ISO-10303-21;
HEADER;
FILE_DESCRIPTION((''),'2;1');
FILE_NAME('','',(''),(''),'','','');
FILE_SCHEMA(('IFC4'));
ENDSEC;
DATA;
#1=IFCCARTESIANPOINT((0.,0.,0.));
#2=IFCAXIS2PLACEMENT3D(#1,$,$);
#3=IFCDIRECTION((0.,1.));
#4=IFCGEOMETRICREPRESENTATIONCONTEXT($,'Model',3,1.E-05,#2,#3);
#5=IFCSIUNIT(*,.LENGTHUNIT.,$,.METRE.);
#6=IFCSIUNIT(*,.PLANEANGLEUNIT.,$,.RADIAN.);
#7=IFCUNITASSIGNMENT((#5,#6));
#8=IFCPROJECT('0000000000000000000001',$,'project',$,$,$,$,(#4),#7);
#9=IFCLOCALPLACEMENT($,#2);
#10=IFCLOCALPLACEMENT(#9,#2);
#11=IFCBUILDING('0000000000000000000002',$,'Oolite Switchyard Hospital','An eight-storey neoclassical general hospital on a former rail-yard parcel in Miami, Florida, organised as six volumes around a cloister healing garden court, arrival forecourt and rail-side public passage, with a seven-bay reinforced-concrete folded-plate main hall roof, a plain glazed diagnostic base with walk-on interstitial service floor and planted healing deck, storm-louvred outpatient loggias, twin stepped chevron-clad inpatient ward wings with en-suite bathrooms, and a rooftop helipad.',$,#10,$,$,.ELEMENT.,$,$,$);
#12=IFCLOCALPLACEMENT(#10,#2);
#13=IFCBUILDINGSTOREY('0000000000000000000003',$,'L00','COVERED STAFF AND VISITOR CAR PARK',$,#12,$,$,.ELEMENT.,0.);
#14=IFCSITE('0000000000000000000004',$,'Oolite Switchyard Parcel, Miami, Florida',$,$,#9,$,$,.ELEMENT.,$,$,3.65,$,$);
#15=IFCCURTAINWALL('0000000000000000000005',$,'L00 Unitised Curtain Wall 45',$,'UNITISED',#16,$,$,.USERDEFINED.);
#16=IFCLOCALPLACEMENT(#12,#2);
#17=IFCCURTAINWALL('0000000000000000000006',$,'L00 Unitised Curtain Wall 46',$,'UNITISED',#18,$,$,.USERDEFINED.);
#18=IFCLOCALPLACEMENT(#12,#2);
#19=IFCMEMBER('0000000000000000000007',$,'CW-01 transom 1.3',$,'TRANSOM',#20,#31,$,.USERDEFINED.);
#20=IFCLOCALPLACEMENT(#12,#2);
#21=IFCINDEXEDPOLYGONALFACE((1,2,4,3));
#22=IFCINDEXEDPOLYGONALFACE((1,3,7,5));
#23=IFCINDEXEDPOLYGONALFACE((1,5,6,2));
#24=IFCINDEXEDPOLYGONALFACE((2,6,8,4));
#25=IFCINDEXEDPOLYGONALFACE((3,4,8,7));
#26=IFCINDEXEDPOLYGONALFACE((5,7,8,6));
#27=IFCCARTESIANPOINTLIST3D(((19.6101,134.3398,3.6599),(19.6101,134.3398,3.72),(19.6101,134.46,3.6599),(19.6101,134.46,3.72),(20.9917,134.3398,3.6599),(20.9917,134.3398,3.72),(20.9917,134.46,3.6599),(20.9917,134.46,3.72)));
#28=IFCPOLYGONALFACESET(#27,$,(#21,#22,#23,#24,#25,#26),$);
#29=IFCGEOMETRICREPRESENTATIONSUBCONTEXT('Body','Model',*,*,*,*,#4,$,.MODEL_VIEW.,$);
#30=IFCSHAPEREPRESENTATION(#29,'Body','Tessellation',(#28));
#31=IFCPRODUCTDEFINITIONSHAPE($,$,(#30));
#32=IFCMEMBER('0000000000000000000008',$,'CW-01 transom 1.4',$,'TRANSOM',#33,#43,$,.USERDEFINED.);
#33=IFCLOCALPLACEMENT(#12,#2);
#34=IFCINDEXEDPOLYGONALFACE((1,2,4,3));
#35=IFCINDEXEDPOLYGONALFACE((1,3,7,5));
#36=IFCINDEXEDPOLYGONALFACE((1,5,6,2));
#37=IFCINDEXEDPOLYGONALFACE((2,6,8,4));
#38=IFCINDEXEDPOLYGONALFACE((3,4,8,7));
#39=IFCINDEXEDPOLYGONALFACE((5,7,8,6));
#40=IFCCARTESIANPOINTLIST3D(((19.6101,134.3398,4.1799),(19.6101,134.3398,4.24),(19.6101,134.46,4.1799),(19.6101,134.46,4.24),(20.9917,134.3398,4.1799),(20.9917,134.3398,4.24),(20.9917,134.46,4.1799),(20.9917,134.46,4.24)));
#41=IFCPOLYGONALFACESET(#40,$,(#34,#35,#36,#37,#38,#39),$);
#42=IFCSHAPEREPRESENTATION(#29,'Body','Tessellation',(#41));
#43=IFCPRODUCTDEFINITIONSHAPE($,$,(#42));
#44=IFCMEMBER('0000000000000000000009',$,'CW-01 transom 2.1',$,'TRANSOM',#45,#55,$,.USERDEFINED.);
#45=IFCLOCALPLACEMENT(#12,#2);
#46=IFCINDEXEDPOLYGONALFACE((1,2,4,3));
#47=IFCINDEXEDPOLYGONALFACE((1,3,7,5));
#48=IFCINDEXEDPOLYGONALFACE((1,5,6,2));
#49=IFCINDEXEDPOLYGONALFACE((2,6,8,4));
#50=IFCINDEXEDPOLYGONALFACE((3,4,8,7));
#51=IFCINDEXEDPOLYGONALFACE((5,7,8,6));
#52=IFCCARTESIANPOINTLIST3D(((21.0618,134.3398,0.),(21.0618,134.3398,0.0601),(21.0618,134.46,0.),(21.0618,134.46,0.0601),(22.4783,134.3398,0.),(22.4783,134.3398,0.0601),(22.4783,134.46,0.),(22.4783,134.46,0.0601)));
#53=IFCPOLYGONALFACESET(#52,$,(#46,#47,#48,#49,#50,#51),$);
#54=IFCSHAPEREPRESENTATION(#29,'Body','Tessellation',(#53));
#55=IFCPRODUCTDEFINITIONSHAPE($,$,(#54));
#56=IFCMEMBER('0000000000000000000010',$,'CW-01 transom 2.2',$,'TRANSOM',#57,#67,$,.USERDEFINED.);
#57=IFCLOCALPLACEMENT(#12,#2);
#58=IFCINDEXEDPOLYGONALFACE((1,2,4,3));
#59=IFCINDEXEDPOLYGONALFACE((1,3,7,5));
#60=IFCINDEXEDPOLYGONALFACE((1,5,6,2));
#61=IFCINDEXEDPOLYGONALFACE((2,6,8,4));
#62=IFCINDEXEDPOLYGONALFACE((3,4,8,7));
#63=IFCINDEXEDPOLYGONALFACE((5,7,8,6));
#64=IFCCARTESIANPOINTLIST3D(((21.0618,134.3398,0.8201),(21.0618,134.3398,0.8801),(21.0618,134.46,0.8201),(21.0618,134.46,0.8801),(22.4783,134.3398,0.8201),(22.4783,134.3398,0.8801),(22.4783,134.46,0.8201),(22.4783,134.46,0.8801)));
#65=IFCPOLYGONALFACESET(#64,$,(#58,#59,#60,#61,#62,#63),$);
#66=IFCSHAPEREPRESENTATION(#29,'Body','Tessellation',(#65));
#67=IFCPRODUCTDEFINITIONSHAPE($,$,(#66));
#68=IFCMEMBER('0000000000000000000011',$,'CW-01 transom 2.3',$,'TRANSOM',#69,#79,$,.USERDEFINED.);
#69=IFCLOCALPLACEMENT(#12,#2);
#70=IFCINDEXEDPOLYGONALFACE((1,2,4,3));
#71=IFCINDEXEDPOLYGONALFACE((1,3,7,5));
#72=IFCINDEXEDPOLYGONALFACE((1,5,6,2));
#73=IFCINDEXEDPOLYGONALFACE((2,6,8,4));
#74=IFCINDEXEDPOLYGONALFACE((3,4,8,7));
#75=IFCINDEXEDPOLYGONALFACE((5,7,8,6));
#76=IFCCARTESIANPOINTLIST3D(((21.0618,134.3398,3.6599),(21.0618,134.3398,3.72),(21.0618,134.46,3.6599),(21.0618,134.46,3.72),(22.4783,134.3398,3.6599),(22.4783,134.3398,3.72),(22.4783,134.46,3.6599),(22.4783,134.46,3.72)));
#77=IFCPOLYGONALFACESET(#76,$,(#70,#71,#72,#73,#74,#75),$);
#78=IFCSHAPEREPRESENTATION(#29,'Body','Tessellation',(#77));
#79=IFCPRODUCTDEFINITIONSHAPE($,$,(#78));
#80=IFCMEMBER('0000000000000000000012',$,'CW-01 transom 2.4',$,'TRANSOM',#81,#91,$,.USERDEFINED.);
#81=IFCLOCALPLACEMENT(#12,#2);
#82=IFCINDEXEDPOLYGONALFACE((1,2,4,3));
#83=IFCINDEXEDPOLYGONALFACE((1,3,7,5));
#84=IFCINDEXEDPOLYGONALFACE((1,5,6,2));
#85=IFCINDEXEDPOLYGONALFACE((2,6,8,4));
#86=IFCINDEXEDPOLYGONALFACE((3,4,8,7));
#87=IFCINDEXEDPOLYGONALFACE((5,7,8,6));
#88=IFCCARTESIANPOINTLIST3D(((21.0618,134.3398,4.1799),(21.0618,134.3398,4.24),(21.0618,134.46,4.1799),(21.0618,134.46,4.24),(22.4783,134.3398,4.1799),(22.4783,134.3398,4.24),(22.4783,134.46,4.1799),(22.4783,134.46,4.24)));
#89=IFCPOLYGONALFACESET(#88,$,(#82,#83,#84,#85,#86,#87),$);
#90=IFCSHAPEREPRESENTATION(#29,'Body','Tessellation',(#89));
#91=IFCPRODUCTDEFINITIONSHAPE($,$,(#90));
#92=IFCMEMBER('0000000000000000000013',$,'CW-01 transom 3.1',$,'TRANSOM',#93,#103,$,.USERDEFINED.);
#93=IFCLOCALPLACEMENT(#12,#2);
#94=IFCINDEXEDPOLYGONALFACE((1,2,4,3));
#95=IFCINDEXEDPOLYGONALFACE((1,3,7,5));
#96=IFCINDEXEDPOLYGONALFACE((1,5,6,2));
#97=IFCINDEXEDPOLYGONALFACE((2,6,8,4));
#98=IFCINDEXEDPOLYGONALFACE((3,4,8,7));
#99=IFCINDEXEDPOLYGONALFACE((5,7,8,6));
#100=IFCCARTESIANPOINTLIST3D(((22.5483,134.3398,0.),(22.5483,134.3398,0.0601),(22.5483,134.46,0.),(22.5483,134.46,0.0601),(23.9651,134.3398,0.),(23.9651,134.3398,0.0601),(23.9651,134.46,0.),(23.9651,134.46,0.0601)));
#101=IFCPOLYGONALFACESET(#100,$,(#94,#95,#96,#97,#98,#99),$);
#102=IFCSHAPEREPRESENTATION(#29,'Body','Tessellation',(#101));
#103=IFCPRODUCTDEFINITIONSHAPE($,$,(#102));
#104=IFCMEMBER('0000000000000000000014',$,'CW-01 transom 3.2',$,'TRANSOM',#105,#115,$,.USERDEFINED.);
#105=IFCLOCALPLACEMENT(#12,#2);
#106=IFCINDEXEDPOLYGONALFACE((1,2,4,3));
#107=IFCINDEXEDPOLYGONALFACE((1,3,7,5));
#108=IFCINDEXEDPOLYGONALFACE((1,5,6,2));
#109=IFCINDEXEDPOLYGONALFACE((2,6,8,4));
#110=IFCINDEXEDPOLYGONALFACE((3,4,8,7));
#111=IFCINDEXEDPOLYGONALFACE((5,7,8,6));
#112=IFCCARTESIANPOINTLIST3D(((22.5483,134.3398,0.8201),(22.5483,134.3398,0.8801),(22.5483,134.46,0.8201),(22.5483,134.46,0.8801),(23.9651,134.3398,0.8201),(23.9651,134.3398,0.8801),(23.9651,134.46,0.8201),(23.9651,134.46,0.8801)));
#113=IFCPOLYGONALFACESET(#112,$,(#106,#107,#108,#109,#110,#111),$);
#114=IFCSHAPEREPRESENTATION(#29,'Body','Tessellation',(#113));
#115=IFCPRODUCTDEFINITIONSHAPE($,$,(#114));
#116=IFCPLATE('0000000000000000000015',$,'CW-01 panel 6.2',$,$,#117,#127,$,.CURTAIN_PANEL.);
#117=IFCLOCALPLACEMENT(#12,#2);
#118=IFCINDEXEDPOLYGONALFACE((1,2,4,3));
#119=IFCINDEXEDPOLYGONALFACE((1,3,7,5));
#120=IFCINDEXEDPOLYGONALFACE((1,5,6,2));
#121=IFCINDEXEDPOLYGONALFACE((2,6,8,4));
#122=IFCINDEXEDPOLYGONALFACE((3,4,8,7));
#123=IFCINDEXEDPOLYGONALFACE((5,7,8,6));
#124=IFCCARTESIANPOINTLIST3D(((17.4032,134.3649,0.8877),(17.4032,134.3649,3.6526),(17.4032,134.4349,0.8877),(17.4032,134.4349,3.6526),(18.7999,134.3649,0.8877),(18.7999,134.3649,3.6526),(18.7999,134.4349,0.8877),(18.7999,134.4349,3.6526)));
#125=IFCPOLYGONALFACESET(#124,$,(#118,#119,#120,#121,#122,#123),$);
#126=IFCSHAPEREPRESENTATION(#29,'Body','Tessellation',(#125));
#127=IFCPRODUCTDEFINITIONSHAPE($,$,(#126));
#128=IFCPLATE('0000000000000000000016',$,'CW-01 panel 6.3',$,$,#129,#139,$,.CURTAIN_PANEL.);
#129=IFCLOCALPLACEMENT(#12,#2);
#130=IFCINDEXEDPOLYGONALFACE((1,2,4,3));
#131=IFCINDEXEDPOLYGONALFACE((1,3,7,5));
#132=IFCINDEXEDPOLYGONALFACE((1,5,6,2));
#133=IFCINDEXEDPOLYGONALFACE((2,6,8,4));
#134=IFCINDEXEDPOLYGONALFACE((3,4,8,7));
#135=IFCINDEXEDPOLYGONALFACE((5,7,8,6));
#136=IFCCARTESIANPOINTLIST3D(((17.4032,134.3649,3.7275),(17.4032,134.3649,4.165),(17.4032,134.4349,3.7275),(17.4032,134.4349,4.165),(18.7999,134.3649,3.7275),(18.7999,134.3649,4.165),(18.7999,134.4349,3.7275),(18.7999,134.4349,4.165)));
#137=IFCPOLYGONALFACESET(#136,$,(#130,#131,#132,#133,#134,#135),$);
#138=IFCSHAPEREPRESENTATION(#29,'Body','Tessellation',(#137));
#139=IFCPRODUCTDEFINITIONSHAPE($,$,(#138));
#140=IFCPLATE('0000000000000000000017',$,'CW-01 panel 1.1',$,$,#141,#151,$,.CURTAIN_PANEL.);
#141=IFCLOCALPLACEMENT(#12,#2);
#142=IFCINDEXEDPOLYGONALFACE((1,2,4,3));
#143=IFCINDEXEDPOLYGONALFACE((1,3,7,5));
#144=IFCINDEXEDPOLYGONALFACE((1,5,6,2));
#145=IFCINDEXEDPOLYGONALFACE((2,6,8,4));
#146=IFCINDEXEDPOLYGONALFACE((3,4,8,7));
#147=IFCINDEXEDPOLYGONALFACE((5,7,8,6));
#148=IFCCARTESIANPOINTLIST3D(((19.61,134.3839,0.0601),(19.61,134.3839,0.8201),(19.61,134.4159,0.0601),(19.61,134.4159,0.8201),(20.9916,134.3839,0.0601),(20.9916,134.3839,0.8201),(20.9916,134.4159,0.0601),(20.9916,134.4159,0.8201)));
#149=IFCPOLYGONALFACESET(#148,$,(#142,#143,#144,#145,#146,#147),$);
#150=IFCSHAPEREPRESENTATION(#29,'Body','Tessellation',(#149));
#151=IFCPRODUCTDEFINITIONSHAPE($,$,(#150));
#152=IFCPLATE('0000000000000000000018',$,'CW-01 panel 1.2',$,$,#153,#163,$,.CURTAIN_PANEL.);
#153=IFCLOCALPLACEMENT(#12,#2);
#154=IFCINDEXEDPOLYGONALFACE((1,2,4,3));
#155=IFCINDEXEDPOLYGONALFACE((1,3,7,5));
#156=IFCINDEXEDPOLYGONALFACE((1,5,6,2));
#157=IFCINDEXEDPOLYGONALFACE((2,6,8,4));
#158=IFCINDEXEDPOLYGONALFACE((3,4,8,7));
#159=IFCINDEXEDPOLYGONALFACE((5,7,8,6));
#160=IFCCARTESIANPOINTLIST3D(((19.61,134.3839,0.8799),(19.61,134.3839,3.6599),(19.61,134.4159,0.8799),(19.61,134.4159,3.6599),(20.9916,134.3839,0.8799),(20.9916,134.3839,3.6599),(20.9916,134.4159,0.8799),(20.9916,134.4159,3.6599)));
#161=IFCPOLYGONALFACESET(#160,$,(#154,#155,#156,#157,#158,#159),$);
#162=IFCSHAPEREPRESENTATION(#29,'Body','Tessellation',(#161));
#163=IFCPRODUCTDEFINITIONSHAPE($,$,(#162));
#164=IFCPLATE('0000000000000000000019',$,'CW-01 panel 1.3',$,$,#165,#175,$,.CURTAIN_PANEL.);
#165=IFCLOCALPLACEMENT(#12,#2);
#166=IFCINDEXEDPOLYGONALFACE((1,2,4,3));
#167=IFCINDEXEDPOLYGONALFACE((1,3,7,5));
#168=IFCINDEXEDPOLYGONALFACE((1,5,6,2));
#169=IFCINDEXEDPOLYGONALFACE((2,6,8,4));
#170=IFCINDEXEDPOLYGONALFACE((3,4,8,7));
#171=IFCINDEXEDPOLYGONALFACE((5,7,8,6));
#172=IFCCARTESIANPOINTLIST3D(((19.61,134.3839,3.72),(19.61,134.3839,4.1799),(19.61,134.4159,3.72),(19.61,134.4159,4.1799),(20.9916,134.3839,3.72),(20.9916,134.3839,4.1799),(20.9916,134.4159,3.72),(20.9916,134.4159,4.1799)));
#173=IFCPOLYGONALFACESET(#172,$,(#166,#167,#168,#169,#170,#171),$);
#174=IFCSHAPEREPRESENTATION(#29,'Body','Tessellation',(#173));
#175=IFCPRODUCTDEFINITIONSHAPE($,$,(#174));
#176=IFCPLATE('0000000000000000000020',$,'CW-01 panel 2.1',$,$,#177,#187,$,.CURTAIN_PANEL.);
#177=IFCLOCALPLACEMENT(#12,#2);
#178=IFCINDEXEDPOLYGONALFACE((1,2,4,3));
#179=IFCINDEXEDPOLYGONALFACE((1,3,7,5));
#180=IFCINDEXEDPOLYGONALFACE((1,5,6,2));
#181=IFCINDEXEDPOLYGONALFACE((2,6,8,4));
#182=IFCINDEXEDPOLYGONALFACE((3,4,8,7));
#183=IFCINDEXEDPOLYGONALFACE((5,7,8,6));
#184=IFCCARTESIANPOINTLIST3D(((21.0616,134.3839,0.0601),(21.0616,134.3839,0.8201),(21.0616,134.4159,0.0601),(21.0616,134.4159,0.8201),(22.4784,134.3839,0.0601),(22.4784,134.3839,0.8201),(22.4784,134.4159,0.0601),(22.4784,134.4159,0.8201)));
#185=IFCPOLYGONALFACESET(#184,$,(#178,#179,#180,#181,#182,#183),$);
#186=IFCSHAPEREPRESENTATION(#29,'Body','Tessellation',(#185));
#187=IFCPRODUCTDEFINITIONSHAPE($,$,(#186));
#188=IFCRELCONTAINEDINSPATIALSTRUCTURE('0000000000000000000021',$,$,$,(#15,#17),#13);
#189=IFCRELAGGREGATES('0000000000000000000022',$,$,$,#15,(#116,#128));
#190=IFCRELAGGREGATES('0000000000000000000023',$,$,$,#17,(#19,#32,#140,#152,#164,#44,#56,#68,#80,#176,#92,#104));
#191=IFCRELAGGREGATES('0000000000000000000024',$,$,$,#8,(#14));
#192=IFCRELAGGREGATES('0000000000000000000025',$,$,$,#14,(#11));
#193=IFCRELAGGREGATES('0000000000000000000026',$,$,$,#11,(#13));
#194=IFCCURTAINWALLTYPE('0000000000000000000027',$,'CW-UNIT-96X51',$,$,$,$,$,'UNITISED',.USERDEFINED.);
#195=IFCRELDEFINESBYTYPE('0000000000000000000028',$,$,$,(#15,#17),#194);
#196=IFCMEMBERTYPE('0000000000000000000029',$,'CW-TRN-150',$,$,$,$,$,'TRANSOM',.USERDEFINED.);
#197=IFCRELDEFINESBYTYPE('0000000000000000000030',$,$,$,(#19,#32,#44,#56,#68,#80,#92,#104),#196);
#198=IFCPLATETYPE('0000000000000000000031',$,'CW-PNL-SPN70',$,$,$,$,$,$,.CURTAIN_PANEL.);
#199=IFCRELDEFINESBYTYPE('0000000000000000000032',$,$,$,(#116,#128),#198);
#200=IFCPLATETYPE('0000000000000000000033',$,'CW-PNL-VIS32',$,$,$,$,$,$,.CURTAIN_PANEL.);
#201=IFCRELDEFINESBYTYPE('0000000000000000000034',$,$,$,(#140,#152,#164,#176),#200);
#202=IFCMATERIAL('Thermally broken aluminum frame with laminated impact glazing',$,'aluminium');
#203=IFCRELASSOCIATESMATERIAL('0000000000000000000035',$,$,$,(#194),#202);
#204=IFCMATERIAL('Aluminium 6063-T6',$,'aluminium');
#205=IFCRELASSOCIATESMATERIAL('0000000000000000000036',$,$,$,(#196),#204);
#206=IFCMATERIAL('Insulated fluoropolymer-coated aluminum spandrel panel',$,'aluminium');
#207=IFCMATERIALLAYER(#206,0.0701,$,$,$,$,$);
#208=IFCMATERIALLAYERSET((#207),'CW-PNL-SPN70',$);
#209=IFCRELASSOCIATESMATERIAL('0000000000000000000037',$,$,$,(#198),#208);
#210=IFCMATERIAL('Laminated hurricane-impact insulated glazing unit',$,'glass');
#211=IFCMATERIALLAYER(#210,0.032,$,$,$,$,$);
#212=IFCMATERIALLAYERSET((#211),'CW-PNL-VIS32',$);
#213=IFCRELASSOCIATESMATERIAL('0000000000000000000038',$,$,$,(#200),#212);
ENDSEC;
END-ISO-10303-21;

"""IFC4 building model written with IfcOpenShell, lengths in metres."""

from ifc_helpers import new_model, si_unit, direction, frame, origin, origin_2d, place, context, subcontext, project, spatial, rectangle, extrude, material, layer, layer_set, material_profile, profile_set, type_object, element, aggregate, save


model = new_model("IFC4")

# Units and contexts
model_context = context("Model", 3, precision=1e-05, world=origin(), true_north=direction((0.0, 1.0)))
body_context = subcontext(model_context, "Body", "Model", "MODEL_VIEW")
ifc_project = project(units=[si_unit("LENGTHUNIT", "METRE"), si_unit("PLANEANGLEUNIT", "RADIAN")], contexts=[model_context])

# Site, building, storey
site_placement = place(None, origin())
site = spatial("IfcSite", under=ifc_project, at=site_placement, Name="Oolite Switchyard Parcel, Miami, Florida", CompositionType="ELEMENT", RefElevation=3.65)
building_placement = place(site_placement, origin())
building = spatial("IfcBuilding", under=site, at=building_placement, Name="Oolite Switchyard Hospital", Description="An eight-storey neoclassical general hospital on a former rail-yard parcel in Miami, Florida, organised as six volumes around a cloister healing garden court, arrival forecourt and rail-side public passage, with a seven-bay reinforced-concrete folded-plate main hall roof, a plain glazed diagnostic base with walk-on interstitial service floor and planted healing deck, storm-louvred outpatient loggias, twin stepped chevron-clad inpatient ward wings with en-suite bathrooms, and a rooftop helipad.", CompositionType="ELEMENT")
storey_placement = place(building_placement, origin())
storey = spatial("IfcBuildingStorey", under=building, at=storey_placement, Name="L00", Description="COVERED STAFF AND VISITOR CAR PARK", CompositionType="ELEMENT", Elevation=0.0)

# Curtain wall
ifc_material_1 = material(Name="Thermally broken aluminum frame with laminated impact glazing", Category="aluminium")
curtain_wall_type = type_object("IfcCurtainWallType", Name="CW-UNIT-96X51", ElementType="UNITISED", PredefinedType="USERDEFINED", material=ifc_material_1)
curtain_wall_1_placement = place(storey_placement, origin())
curtain_wall_1 = element("IfcCurtainWall", 1, at=curtain_wall_1_placement, inside=storey, type_object=curtain_wall_type, Name="L00 Unitised Curtain Wall 45", ObjectType="UNITISED", PredefinedType="USERDEFINED")
ifc_material_2 = material(Name="Aluminium 6063-T6", Category="aluminium")

# Curtain wall, members
curtain_wall_2_placement = place(storey_placement, origin())
curtain_wall_2 = element("IfcCurtainWall", 2, at=curtain_wall_2_placement, inside=storey, type_object=curtain_wall_type, Name="L00 Unitised Curtain Wall 46", ObjectType="UNITISED", PredefinedType="USERDEFINED")
ifc_material_profile_1 = material_profile(ifc_material_2, rectangle(XDim=0.1201, YDim=0.0601, at=origin_2d()), Name="CWT60X120")
ifc_profile_set_1 = profile_set([ifc_material_profile_1], Name="Aluminium 6063-T6")
member_type_1 = type_object("IfcMemberType", Name="CW-TRN-150", ElementType="TRANSOM", PredefinedType="USERDEFINED", material=ifc_profile_set_1)
member_1_placement = place(storey_placement, frame((19.6101, 134.3999, 3.6899), z_axis=(1.0, 0.0, 0.0), x_axis=(0.0, 1.0, 0.0)))
member_1 = element("IfcMember", 3, at=member_1_placement, type_object=member_type_1, Name="CW-01 transom 1.3", ObjectType="TRANSOM", PredefinedType="USERDEFINED", context=body_context, shape_type="SweptSolid", body=[
    extrude(rectangle(XDim=0.1201, YDim=0.0601, at=origin_2d()), origin(), (0.0, 0.0, 1.0), 1.3816),
])
member_2_placement = place(storey_placement, frame((19.6101, 134.3999, 4.21), z_axis=(1.0, 0.0, 0.0), x_axis=(0.0, 1.0, 0.0)))
member_2 = element("IfcMember", 4, at=member_2_placement, type_object=member_type_1, Name="CW-01 transom 1.4", ObjectType="TRANSOM", PredefinedType="USERDEFINED", context=body_context, shape_type="SweptSolid", body=[
    extrude(rectangle(XDim=0.1201, YDim=0.0601, at=origin_2d()), origin(), (0.0, 0.0, 1.0), 1.3816),
])
member_3_placement = place(storey_placement, frame((21.0618, 134.3999, 0.03), z_axis=(1.0, 0.0, 0.0), x_axis=(0.0, 1.0, 0.0)))
member_3 = element("IfcMember", 5, at=member_3_placement, type_object=member_type_1, Name="CW-01 transom 2.1", ObjectType="TRANSOM", PredefinedType="USERDEFINED", context=body_context, shape_type="SweptSolid", body=[
    extrude(rectangle(XDim=0.1201, YDim=0.0601, at=origin_2d()), origin(), (0.0, 0.0, 1.0), 1.4165),
])
member_4_placement = place(storey_placement, frame((21.0618, 134.3999, 0.8501), z_axis=(1.0, 0.0, 0.0), x_axis=(0.0, 1.0, 0.0)))
member_4 = element("IfcMember", 6, at=member_4_placement, type_object=member_type_1, Name="CW-01 transom 2.2", ObjectType="TRANSOM", PredefinedType="USERDEFINED", context=body_context, shape_type="SweptSolid", body=[
    extrude(rectangle(XDim=0.1201, YDim=0.0601, at=origin_2d()), origin(), (0.0, 0.0, 1.0), 1.4165),
])
member_5_placement = place(storey_placement, frame((21.0618, 134.3999, 3.6899), z_axis=(1.0, 0.0, 0.0), x_axis=(0.0, 1.0, 0.0)))
member_5 = element("IfcMember", 7, at=member_5_placement, type_object=member_type_1, Name="CW-01 transom 2.3", ObjectType="TRANSOM", PredefinedType="USERDEFINED", context=body_context, shape_type="SweptSolid", body=[
    extrude(rectangle(XDim=0.1201, YDim=0.0601, at=origin_2d()), origin(), (0.0, 0.0, 1.0), 1.4165),
])
member_6_placement = place(storey_placement, frame((21.0618, 134.3999, 4.21), z_axis=(1.0, 0.0, 0.0), x_axis=(0.0, 1.0, 0.0)))
member_6 = element("IfcMember", 8, at=member_6_placement, type_object=member_type_1, Name="CW-01 transom 2.4", ObjectType="TRANSOM", PredefinedType="USERDEFINED", context=body_context, shape_type="SweptSolid", body=[
    extrude(rectangle(XDim=0.1201, YDim=0.0601, at=origin_2d()), origin(), (0.0, 0.0, 1.0), 1.4165),
])
member_7_placement = place(storey_placement, frame((22.5483, 134.3999, 0.03), z_axis=(1.0, 0.0, 0.0), x_axis=(0.0, 1.0, 0.0)))
member_7 = element("IfcMember", 9, at=member_7_placement, type_object=member_type_1, Name="CW-01 transom 3.1", ObjectType="TRANSOM", PredefinedType="USERDEFINED", context=body_context, shape_type="SweptSolid", body=[
    extrude(rectangle(XDim=0.1201, YDim=0.0601, at=origin_2d()), origin(), (0.0, 0.0, 1.0), 1.4167),
])
member_8_placement = place(storey_placement, frame((22.5483, 134.3999, 0.8501), z_axis=(1.0, 0.0, 0.0), x_axis=(0.0, 1.0, 0.0)))
member_8 = element("IfcMember", 10, at=member_8_placement, type_object=member_type_1, Name="CW-01 transom 3.2", ObjectType="TRANSOM", PredefinedType="USERDEFINED", context=body_context, shape_type="SweptSolid", body=[
    extrude(rectangle(XDim=0.1201, YDim=0.0601, at=origin_2d()), origin(), (0.0, 0.0, 1.0), 1.4167),
])

# Plates
ifc_material_3 = material(Name="Insulated fluoropolymer-coated aluminum spandrel panel", Category="aluminium")
ifc_layer_1 = layer(ifc_material_3, 0.0701)
ifc_layer_set_1 = layer_set([ifc_layer_1], Name="CW-PNL-SPN70")
plate_type_1 = type_object("IfcPlateType", Name="CW-PNL-SPN70", PredefinedType="CURTAIN_PANEL", material=ifc_layer_set_1)
plate_1_placement = place(storey_placement, frame((18.1016, 134.3999, 0.8877), z_axis=(0.0, 0.0, 1.0), x_axis=(1.0, 0.0, 0.0)))
plate_1 = element("IfcPlate", 11, at=plate_1_placement, type_object=plate_type_1, Name="CW-01 panel 6.2", PredefinedType="CURTAIN_PANEL", context=body_context, shape_type="SweptSolid", body=[
    extrude(rectangle(XDim=1.3967, YDim=0.0701, at=origin_2d()), origin(), (0.0, 0.0, 1.0), 2.7649),
])
plate_2_placement = place(storey_placement, frame((18.1016, 134.3999, 3.7275), z_axis=(0.0, 0.0, 1.0), x_axis=(1.0, 0.0, 0.0)))
plate_2 = element("IfcPlate", 12, at=plate_2_placement, type_object=plate_type_1, Name="CW-01 panel 6.3", PredefinedType="CURTAIN_PANEL", context=body_context, shape_type="SweptSolid", body=[
    extrude(rectangle(XDim=1.3967, YDim=0.0701, at=origin_2d()), origin(), (0.0, 0.0, 1.0), 0.4375),
])
aggregate(curtain_wall_1, [plate_1, plate_2])
ifc_material_4 = material(Name="Laminated hurricane-impact insulated glazing unit", Category="glass")
ifc_layer_2 = layer(ifc_material_4, 0.032)
ifc_layer_set_2 = layer_set([ifc_layer_2], Name="CW-PNL-VIS32")
plate_type_2 = type_object("IfcPlateType", Name="CW-PNL-VIS32", PredefinedType="CURTAIN_PANEL", material=ifc_layer_set_2)
plate_3_placement = place(storey_placement, frame((20.3008, 134.3999, 0.0601), z_axis=(0.0, 0.0, 1.0), x_axis=(1.0, 0.0, 0.0)))
plate_3 = element("IfcPlate", 13, at=plate_3_placement, type_object=plate_type_2, Name="CW-01 panel 1.1", PredefinedType="CURTAIN_PANEL", context=body_context, shape_type="SweptSolid", body=[
    extrude(rectangle(XDim=1.3816, YDim=0.032, at=origin_2d()), origin(), (0.0, 0.0, 1.0), 0.76),
])
plate_4_placement = place(storey_placement, frame((20.3008, 134.3999, 0.8799), z_axis=(0.0, 0.0, 1.0), x_axis=(1.0, 0.0, 0.0)))
plate_4 = element("IfcPlate", 14, at=plate_4_placement, type_object=plate_type_2, Name="CW-01 panel 1.2", PredefinedType="CURTAIN_PANEL", context=body_context, shape_type="SweptSolid", body=[
    extrude(rectangle(XDim=1.3816, YDim=0.032, at=origin_2d()), origin(), (0.0, 0.0, 1.0), 2.78),
])
plate_5_placement = place(storey_placement, frame((20.3008, 134.3999, 3.72), z_axis=(0.0, 0.0, 1.0), x_axis=(1.0, 0.0, 0.0)))
plate_5 = element("IfcPlate", 15, at=plate_5_placement, type_object=plate_type_2, Name="CW-01 panel 1.3", PredefinedType="CURTAIN_PANEL", context=body_context, shape_type="SweptSolid", body=[
    extrude(rectangle(XDim=1.3816, YDim=0.032, at=origin_2d()), origin(), (0.0, 0.0, 1.0), 0.46),
])
plate_6_placement = place(storey_placement, frame((21.77, 134.3999, 0.0601), z_axis=(0.0, 0.0, 1.0), x_axis=(1.0, 0.0, 0.0)))
plate_6 = element("IfcPlate", 16, at=plate_6_placement, type_object=plate_type_2, Name="CW-01 panel 2.1", PredefinedType="CURTAIN_PANEL", context=body_context, shape_type="SweptSolid", body=[
    extrude(rectangle(XDim=1.4167, YDim=0.032, at=origin_2d()), origin(), (0.0, 0.0, 1.0), 0.76),
])
aggregate(curtain_wall_2, [member_1, member_2, plate_3, plate_4, plate_5, member_3, member_4, member_5, member_6, plate_6, member_7, member_8])

save(model, "model.ifc")
